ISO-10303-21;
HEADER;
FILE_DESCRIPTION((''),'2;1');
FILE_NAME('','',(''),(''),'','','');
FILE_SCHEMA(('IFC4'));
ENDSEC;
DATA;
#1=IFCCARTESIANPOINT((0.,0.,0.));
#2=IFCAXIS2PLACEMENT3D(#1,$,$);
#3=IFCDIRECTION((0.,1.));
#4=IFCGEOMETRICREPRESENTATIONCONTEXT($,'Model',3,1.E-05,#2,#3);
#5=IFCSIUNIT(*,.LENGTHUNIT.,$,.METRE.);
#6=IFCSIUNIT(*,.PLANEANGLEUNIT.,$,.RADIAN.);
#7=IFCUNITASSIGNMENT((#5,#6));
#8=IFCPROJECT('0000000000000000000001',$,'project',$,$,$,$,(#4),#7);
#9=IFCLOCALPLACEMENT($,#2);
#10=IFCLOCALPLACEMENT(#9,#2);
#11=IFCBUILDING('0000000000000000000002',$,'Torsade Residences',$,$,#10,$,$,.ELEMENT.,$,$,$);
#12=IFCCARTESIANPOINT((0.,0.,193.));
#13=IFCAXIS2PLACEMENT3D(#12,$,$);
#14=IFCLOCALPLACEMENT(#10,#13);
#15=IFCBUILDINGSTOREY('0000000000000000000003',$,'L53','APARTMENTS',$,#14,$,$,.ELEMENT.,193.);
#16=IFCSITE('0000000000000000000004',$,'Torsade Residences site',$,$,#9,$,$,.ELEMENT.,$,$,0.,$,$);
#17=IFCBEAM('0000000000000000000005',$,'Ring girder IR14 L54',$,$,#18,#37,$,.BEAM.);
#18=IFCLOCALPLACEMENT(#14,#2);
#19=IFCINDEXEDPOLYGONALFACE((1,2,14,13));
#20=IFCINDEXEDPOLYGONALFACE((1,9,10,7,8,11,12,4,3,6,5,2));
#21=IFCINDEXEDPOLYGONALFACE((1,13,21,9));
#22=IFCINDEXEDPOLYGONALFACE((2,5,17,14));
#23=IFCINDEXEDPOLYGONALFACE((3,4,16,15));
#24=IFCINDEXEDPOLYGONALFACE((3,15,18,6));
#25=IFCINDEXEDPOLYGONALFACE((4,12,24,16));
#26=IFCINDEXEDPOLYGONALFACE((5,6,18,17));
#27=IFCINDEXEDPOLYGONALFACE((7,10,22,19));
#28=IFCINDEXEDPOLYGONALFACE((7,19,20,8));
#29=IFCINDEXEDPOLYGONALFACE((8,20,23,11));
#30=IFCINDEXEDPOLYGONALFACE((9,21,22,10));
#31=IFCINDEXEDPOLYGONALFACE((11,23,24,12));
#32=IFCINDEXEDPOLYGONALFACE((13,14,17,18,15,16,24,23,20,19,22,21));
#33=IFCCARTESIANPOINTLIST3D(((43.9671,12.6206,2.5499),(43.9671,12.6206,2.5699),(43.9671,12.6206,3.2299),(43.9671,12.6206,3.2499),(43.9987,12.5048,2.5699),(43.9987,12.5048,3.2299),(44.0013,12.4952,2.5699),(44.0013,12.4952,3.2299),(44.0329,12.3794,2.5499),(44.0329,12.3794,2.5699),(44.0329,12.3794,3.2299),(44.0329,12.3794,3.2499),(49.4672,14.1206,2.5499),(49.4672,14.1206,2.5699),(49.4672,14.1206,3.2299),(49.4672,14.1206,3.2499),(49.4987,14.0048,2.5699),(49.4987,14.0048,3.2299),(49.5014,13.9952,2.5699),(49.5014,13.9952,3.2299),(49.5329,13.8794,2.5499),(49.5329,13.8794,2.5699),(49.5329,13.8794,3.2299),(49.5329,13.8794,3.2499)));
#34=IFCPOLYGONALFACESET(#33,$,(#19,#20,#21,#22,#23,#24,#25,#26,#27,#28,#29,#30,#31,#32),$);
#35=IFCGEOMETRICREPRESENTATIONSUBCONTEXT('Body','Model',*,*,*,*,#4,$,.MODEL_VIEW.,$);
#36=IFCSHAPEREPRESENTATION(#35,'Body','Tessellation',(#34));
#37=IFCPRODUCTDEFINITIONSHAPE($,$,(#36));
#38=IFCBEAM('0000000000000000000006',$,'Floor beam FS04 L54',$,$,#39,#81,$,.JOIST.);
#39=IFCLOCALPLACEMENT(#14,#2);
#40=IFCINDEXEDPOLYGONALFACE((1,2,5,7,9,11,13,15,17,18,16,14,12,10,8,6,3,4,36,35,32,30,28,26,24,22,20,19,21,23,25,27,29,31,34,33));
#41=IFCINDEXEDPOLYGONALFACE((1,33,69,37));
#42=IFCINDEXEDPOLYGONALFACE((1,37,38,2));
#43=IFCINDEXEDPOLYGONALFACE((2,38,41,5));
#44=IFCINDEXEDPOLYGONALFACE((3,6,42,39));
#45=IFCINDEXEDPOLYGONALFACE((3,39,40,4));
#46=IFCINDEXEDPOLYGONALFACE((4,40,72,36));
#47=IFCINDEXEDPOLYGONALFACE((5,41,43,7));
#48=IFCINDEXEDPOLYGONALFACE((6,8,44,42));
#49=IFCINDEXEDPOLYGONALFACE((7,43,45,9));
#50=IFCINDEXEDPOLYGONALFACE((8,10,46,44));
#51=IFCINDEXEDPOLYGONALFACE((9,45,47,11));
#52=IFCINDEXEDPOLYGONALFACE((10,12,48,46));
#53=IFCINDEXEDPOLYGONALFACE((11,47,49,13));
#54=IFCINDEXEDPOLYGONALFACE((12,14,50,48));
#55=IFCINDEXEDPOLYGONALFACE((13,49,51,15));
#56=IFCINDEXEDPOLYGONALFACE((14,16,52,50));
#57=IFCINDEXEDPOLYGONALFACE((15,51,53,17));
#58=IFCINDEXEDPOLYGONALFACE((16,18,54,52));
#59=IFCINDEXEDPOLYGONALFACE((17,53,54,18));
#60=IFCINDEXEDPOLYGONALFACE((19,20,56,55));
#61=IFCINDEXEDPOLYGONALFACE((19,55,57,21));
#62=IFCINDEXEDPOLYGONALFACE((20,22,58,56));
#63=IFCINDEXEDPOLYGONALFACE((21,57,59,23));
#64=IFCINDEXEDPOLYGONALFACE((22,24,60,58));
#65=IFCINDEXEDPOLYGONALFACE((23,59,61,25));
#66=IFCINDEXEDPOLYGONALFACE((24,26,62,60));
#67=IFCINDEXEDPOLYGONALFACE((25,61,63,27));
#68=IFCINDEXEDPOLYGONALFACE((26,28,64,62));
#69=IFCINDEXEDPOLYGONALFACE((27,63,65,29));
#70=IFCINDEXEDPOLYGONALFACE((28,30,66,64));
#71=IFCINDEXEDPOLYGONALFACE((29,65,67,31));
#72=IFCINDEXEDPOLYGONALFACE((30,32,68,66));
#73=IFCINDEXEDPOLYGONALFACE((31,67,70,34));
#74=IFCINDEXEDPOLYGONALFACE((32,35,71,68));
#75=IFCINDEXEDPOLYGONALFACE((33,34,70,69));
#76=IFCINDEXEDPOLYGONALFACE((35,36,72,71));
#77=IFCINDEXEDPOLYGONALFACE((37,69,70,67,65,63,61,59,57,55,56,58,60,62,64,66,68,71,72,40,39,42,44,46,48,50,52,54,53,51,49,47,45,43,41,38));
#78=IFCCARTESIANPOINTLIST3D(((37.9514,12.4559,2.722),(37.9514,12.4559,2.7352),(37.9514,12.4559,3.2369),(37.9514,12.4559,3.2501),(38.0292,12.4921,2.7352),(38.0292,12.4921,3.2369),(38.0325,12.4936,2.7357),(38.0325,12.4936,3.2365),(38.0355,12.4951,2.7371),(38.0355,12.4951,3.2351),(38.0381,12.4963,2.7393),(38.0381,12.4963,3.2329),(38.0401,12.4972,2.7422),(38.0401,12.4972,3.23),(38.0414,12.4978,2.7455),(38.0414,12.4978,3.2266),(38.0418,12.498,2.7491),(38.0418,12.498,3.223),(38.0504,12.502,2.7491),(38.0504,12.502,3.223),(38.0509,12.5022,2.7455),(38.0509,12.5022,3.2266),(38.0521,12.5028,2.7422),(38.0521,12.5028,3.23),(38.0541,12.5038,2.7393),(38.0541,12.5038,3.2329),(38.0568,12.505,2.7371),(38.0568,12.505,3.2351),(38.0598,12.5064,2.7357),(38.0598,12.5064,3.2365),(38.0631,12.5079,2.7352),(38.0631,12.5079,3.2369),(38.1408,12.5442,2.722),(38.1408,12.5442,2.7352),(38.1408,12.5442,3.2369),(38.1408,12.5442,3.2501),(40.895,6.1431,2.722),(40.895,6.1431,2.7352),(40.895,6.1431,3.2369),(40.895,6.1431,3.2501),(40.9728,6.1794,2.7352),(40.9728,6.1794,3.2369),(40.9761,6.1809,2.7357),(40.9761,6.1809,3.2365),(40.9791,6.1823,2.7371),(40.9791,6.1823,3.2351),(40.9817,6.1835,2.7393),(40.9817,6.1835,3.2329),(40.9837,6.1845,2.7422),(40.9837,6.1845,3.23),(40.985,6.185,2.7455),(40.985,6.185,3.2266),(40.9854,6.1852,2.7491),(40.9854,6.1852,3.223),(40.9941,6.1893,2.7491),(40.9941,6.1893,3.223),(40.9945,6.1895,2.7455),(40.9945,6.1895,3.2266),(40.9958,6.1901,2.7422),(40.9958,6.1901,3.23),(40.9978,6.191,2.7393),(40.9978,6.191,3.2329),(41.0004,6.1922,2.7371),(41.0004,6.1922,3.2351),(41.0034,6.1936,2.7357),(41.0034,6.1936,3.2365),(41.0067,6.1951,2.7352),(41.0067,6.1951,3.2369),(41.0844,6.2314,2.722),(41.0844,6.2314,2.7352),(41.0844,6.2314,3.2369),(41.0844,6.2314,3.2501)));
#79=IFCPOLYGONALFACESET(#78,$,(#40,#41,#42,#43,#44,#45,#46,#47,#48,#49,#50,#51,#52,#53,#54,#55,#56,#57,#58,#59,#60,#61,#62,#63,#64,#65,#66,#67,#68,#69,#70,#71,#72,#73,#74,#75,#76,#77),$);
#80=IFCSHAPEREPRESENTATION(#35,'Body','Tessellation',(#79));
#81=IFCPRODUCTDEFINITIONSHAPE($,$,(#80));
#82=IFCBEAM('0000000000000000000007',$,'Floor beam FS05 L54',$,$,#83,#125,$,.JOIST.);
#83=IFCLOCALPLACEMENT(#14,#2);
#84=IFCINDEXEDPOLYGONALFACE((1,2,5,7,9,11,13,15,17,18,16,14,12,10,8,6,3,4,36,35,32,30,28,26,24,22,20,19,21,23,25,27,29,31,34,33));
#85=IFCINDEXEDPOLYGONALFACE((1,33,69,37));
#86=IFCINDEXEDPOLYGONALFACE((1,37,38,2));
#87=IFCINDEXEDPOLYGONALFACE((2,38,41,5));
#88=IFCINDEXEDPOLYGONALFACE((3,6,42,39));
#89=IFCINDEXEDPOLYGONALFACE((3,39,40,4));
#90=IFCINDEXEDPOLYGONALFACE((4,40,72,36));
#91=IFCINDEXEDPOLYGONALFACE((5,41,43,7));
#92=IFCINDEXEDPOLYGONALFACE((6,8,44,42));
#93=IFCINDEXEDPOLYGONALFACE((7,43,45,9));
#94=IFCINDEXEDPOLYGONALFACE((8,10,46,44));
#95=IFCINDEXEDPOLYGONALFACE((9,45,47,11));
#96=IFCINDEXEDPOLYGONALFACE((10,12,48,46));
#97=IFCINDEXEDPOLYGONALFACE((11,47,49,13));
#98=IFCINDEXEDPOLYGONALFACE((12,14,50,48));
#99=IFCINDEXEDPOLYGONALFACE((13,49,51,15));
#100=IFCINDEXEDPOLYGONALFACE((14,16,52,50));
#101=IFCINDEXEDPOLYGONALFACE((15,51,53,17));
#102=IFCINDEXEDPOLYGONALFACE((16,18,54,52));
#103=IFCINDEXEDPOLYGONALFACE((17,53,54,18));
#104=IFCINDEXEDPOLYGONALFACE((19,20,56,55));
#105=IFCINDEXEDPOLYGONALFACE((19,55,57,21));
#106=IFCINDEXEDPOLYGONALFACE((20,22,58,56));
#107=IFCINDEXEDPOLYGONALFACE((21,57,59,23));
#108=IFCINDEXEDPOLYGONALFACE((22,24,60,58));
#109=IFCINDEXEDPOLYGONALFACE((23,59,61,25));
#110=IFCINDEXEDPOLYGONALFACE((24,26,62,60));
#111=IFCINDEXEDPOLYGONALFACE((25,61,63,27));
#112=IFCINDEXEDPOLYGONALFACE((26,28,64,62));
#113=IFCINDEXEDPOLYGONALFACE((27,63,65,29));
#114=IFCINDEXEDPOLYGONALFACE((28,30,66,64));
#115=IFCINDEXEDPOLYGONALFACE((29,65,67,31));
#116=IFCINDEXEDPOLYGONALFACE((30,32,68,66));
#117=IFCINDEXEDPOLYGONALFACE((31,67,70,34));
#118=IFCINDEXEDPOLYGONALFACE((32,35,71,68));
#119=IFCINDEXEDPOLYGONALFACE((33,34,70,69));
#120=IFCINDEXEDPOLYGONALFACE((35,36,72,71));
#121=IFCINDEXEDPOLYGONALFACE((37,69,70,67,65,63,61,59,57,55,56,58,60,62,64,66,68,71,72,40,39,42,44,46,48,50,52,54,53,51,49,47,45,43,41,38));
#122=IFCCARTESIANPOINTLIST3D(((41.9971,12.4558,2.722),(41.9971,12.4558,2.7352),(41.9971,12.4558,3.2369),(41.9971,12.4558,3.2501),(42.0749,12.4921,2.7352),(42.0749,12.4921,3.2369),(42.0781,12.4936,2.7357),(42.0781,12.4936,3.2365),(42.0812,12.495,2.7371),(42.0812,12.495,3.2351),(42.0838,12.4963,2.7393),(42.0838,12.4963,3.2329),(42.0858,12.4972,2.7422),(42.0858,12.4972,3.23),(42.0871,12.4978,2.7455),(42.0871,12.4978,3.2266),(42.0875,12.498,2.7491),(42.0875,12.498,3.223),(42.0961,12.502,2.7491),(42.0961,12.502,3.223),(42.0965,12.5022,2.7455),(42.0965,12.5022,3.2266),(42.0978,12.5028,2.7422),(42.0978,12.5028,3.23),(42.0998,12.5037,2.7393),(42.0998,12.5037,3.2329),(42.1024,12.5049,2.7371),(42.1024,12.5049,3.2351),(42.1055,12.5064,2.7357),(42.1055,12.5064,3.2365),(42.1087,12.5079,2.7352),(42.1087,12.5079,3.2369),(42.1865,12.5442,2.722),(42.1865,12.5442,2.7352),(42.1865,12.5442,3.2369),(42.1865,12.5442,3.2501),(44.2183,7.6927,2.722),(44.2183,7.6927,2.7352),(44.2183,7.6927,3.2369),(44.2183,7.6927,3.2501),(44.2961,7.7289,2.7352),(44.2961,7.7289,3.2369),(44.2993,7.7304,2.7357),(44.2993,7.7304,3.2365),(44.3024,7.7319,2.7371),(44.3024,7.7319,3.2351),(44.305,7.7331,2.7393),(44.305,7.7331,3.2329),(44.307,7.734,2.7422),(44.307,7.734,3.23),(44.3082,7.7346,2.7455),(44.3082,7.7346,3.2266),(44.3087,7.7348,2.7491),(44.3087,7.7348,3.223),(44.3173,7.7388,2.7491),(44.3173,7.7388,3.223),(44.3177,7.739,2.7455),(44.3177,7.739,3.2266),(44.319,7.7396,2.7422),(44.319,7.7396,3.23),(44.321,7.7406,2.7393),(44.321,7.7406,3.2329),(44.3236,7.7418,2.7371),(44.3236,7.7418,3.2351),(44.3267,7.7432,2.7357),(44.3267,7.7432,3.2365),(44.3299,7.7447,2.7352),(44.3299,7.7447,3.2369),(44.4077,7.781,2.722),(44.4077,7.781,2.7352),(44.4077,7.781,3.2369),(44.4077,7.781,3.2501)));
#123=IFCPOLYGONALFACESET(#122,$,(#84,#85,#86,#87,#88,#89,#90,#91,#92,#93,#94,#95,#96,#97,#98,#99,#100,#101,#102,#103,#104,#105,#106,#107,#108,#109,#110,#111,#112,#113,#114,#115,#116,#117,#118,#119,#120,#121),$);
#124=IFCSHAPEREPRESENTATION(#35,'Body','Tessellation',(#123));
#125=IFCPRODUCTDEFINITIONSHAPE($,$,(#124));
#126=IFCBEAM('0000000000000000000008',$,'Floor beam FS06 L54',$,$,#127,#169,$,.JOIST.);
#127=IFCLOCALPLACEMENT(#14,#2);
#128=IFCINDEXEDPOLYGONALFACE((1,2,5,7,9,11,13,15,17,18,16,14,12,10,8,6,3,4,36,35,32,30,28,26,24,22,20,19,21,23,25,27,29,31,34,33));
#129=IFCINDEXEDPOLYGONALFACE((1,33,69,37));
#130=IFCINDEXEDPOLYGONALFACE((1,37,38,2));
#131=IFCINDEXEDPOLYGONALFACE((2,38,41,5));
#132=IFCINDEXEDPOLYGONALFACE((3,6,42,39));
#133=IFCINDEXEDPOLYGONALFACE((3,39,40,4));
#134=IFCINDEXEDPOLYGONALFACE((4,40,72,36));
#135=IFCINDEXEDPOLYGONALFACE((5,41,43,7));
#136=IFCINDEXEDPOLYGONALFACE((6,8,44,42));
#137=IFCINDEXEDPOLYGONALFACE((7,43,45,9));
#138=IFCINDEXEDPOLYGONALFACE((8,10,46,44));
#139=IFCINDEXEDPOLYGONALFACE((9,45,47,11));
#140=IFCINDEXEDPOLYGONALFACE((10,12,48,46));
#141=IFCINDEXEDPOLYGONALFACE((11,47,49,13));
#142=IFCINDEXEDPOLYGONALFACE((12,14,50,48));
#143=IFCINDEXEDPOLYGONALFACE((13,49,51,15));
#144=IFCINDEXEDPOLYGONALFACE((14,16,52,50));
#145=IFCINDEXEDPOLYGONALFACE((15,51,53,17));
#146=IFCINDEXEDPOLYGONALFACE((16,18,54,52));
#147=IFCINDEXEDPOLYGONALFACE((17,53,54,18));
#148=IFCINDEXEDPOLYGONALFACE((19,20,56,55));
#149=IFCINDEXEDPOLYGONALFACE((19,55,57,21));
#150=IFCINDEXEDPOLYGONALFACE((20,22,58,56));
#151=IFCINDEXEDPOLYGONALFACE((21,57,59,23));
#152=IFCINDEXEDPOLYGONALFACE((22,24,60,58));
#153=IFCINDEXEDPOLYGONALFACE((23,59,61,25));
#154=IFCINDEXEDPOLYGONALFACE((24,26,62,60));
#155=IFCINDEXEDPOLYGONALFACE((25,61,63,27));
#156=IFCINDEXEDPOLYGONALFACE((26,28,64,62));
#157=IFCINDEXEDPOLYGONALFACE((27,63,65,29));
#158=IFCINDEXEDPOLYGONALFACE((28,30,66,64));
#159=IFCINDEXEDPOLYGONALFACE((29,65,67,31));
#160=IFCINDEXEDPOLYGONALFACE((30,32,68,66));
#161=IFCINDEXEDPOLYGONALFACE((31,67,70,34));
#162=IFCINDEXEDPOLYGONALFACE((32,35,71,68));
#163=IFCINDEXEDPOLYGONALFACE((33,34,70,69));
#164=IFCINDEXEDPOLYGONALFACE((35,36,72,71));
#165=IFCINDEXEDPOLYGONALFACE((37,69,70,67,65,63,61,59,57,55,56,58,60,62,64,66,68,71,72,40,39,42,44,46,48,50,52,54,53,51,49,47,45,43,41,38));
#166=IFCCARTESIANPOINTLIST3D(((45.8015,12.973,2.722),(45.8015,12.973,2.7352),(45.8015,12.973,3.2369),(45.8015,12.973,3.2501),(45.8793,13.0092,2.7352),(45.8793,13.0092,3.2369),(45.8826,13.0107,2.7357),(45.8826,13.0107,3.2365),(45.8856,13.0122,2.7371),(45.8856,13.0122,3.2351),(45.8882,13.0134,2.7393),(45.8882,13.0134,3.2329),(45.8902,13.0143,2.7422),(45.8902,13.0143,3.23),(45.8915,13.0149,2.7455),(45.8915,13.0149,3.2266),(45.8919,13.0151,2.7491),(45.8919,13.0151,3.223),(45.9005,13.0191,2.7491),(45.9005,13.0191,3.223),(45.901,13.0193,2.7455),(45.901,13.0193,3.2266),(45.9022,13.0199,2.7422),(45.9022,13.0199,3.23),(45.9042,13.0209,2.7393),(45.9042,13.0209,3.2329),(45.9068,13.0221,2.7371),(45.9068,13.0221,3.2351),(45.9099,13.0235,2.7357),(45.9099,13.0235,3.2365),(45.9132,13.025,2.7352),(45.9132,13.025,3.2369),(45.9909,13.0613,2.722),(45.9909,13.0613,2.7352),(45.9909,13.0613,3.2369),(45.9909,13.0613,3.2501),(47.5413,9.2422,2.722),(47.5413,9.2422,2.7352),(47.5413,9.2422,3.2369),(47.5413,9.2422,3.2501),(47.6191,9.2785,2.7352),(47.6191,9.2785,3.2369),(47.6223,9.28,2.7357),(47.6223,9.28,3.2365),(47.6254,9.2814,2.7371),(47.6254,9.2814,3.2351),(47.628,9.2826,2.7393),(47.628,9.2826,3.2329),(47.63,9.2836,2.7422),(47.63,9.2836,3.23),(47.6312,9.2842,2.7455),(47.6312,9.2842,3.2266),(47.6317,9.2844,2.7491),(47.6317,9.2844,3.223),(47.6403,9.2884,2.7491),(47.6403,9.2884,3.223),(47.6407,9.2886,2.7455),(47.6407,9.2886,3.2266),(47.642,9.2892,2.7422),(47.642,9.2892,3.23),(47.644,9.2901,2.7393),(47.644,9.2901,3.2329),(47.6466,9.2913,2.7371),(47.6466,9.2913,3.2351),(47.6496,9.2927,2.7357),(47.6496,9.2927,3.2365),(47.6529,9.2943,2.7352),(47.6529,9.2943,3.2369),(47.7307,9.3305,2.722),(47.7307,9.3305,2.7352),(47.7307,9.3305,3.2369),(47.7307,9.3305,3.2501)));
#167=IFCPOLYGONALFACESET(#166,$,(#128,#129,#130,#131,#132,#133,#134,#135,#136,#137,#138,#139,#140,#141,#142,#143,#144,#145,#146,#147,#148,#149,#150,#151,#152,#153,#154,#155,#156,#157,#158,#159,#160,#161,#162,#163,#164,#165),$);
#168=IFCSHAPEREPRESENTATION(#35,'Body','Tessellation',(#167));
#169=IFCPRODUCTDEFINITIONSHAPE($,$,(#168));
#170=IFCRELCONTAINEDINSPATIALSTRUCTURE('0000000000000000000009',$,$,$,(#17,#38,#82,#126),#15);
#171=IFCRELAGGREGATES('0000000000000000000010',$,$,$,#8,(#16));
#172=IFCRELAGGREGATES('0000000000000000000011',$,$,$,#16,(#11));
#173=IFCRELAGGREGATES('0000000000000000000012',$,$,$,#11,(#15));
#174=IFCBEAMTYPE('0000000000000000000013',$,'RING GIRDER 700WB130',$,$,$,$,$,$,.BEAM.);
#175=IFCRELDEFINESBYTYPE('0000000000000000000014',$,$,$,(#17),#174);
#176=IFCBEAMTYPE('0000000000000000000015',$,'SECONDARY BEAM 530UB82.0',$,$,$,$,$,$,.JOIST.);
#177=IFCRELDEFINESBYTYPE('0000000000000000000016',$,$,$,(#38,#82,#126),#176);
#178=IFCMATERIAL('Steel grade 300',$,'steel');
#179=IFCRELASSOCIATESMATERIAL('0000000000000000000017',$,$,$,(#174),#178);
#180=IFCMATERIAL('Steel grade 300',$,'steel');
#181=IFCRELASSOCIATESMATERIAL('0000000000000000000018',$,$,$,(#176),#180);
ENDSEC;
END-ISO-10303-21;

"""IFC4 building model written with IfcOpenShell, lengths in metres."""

from ifc_helpers import new_model, si_unit, direction, frame, origin, origin_2d, place, context, subcontext, project, spatial, i_section, extrude, material, material_profile, profile_set, type_object, element, save


model = new_model("IFC4")

# Units and contexts
model_context = context("Model", 3, precision=1e-05, world=origin(), true_north=direction((0.0, 1.0)))
body_context = subcontext(model_context, "Body", "Model", "MODEL_VIEW")
ifc_project = project(units=[si_unit("LENGTHUNIT", "METRE"), si_unit("PLANEANGLEUNIT", "RADIAN")], contexts=[model_context])

# Site, building, storey
site_placement = place(None, origin())
site = spatial("IfcSite", under=ifc_project, at=site_placement, Name="Torsade Residences site", CompositionType="ELEMENT", RefElevation=0.0)
building_placement = place(site_placement, origin())
building = spatial("IfcBuilding", under=site, at=building_placement, Name="Torsade Residences", CompositionType="ELEMENT")
storey_placement = place(building_placement, frame((0.0, 0.0, 193.0)))
storey = spatial("IfcBuildingStorey", under=building, at=storey_placement, Name="L53", Description="APARTMENTS", CompositionType="ELEMENT", Elevation=193.0)

# Beams
ifc_material_1 = material(Name="Steel grade 300", Category="steel")
ifc_material_profile_1 = material_profile(ifc_material_1, i_section(OverallWidth=0.25, OverallDepth=0.7, WebThickness=0.01, FlangeThickness=0.02, at=origin_2d()), Name="700WB130")
ifc_profile_set_1 = profile_set([ifc_material_profile_1], Name="Steel grade 300")
beam_type_1 = type_object("IfcBeamType", Name="RING GIRDER 700WB130", PredefinedType="BEAM", material=ifc_profile_set_1)
beam_1_placement = place(storey_placement, frame((44.0, 12.5, 2.8999), z_axis=(0.964764, 0.263117, 0.0), x_axis=(-0.263117, 0.964764, 0.0)))
element("IfcBeam", 1, at=beam_1_placement, inside=storey, type_object=beam_type_1, Name="Ring girder IR14 L54", PredefinedType="BEAM", context=body_context, shape_type="SweptSolid", body=[
    extrude(i_section(OverallWidth=0.25, OverallDepth=0.7, WebThickness=0.01, FlangeThickness=0.02, at=origin_2d()), origin(), (0.0, 0.0, 1.0), 5.7009),
])
ifc_material_2 = material(Name="Steel grade 300", Category="steel")
ifc_material_profile_2 = material_profile(ifc_material_2, i_section(OverallWidth=0.209, OverallDepth=0.5281, WebThickness=0.0095, FlangeThickness=0.0132, FilletRadius=0.0139, at=origin_2d()), Name="530UB82.0")
ifc_profile_set_2 = profile_set([ifc_material_profile_2], Name="Steel grade 300")
beam_type_2 = type_object("IfcBeamType", Name="SECONDARY BEAM 530UB82.0", PredefinedType="JOIST", material=ifc_profile_set_2)
beam_2_placement = place(storey_placement, frame((40.9897, 6.1873, 2.9861), z_axis=(-0.422609, 0.906312, 0.0), x_axis=(-0.906312, -0.422609, 0.0)))
element("IfcBeam", 2, at=beam_2_placement, inside=storey, type_object=beam_type_2, Name="Floor beam FS04 L54", PredefinedType="JOIST", context=body_context, shape_type="SweptSolid", body=[
    extrude(i_section(OverallWidth=0.209, OverallDepth=0.5281, WebThickness=0.0095, FlangeThickness=0.0132, FilletRadius=0.0139, at=origin_2d()), origin(), (0.0, 0.0, 1.0), 6.9653),
])
beam_3_placement = place(storey_placement, frame((44.313, 7.7368, 2.9861), z_axis=(-0.422631, 0.906302, 0.0), x_axis=(-0.906302, -0.422631, 0.0)))
element("IfcBeam", 3, at=beam_3_placement, inside=storey, type_object=beam_type_2, Name="Floor beam FS05 L54", PredefinedType="JOIST", context=body_context, shape_type="SweptSolid", body=[
    extrude(i_section(OverallWidth=0.209, OverallDepth=0.5281, WebThickness=0.0095, FlangeThickness=0.0132, FilletRadius=0.0139, at=origin_2d()), origin(), (0.0, 0.0, 1.0), 5.2556),
])
beam_4_placement = place(storey_placement, frame((47.636, 9.2864, 2.9861), z_axis=(-0.422635, 0.9063, 0.0), x_axis=(-0.9063, -0.422635, 0.0)))
element("IfcBeam", 4, at=beam_4_placement, inside=storey, type_object=beam_type_2, Name="Floor beam FS06 L54", PredefinedType="JOIST", context=body_context, shape_type="SweptSolid", body=[
    extrude(i_section(OverallWidth=0.209, OverallDepth=0.5281, WebThickness=0.0095, FlangeThickness=0.0132, FilletRadius=0.0139, at=origin_2d()), origin(), (0.0, 0.0, 1.0), 4.1165),
])

save(model, "model.ifc")
